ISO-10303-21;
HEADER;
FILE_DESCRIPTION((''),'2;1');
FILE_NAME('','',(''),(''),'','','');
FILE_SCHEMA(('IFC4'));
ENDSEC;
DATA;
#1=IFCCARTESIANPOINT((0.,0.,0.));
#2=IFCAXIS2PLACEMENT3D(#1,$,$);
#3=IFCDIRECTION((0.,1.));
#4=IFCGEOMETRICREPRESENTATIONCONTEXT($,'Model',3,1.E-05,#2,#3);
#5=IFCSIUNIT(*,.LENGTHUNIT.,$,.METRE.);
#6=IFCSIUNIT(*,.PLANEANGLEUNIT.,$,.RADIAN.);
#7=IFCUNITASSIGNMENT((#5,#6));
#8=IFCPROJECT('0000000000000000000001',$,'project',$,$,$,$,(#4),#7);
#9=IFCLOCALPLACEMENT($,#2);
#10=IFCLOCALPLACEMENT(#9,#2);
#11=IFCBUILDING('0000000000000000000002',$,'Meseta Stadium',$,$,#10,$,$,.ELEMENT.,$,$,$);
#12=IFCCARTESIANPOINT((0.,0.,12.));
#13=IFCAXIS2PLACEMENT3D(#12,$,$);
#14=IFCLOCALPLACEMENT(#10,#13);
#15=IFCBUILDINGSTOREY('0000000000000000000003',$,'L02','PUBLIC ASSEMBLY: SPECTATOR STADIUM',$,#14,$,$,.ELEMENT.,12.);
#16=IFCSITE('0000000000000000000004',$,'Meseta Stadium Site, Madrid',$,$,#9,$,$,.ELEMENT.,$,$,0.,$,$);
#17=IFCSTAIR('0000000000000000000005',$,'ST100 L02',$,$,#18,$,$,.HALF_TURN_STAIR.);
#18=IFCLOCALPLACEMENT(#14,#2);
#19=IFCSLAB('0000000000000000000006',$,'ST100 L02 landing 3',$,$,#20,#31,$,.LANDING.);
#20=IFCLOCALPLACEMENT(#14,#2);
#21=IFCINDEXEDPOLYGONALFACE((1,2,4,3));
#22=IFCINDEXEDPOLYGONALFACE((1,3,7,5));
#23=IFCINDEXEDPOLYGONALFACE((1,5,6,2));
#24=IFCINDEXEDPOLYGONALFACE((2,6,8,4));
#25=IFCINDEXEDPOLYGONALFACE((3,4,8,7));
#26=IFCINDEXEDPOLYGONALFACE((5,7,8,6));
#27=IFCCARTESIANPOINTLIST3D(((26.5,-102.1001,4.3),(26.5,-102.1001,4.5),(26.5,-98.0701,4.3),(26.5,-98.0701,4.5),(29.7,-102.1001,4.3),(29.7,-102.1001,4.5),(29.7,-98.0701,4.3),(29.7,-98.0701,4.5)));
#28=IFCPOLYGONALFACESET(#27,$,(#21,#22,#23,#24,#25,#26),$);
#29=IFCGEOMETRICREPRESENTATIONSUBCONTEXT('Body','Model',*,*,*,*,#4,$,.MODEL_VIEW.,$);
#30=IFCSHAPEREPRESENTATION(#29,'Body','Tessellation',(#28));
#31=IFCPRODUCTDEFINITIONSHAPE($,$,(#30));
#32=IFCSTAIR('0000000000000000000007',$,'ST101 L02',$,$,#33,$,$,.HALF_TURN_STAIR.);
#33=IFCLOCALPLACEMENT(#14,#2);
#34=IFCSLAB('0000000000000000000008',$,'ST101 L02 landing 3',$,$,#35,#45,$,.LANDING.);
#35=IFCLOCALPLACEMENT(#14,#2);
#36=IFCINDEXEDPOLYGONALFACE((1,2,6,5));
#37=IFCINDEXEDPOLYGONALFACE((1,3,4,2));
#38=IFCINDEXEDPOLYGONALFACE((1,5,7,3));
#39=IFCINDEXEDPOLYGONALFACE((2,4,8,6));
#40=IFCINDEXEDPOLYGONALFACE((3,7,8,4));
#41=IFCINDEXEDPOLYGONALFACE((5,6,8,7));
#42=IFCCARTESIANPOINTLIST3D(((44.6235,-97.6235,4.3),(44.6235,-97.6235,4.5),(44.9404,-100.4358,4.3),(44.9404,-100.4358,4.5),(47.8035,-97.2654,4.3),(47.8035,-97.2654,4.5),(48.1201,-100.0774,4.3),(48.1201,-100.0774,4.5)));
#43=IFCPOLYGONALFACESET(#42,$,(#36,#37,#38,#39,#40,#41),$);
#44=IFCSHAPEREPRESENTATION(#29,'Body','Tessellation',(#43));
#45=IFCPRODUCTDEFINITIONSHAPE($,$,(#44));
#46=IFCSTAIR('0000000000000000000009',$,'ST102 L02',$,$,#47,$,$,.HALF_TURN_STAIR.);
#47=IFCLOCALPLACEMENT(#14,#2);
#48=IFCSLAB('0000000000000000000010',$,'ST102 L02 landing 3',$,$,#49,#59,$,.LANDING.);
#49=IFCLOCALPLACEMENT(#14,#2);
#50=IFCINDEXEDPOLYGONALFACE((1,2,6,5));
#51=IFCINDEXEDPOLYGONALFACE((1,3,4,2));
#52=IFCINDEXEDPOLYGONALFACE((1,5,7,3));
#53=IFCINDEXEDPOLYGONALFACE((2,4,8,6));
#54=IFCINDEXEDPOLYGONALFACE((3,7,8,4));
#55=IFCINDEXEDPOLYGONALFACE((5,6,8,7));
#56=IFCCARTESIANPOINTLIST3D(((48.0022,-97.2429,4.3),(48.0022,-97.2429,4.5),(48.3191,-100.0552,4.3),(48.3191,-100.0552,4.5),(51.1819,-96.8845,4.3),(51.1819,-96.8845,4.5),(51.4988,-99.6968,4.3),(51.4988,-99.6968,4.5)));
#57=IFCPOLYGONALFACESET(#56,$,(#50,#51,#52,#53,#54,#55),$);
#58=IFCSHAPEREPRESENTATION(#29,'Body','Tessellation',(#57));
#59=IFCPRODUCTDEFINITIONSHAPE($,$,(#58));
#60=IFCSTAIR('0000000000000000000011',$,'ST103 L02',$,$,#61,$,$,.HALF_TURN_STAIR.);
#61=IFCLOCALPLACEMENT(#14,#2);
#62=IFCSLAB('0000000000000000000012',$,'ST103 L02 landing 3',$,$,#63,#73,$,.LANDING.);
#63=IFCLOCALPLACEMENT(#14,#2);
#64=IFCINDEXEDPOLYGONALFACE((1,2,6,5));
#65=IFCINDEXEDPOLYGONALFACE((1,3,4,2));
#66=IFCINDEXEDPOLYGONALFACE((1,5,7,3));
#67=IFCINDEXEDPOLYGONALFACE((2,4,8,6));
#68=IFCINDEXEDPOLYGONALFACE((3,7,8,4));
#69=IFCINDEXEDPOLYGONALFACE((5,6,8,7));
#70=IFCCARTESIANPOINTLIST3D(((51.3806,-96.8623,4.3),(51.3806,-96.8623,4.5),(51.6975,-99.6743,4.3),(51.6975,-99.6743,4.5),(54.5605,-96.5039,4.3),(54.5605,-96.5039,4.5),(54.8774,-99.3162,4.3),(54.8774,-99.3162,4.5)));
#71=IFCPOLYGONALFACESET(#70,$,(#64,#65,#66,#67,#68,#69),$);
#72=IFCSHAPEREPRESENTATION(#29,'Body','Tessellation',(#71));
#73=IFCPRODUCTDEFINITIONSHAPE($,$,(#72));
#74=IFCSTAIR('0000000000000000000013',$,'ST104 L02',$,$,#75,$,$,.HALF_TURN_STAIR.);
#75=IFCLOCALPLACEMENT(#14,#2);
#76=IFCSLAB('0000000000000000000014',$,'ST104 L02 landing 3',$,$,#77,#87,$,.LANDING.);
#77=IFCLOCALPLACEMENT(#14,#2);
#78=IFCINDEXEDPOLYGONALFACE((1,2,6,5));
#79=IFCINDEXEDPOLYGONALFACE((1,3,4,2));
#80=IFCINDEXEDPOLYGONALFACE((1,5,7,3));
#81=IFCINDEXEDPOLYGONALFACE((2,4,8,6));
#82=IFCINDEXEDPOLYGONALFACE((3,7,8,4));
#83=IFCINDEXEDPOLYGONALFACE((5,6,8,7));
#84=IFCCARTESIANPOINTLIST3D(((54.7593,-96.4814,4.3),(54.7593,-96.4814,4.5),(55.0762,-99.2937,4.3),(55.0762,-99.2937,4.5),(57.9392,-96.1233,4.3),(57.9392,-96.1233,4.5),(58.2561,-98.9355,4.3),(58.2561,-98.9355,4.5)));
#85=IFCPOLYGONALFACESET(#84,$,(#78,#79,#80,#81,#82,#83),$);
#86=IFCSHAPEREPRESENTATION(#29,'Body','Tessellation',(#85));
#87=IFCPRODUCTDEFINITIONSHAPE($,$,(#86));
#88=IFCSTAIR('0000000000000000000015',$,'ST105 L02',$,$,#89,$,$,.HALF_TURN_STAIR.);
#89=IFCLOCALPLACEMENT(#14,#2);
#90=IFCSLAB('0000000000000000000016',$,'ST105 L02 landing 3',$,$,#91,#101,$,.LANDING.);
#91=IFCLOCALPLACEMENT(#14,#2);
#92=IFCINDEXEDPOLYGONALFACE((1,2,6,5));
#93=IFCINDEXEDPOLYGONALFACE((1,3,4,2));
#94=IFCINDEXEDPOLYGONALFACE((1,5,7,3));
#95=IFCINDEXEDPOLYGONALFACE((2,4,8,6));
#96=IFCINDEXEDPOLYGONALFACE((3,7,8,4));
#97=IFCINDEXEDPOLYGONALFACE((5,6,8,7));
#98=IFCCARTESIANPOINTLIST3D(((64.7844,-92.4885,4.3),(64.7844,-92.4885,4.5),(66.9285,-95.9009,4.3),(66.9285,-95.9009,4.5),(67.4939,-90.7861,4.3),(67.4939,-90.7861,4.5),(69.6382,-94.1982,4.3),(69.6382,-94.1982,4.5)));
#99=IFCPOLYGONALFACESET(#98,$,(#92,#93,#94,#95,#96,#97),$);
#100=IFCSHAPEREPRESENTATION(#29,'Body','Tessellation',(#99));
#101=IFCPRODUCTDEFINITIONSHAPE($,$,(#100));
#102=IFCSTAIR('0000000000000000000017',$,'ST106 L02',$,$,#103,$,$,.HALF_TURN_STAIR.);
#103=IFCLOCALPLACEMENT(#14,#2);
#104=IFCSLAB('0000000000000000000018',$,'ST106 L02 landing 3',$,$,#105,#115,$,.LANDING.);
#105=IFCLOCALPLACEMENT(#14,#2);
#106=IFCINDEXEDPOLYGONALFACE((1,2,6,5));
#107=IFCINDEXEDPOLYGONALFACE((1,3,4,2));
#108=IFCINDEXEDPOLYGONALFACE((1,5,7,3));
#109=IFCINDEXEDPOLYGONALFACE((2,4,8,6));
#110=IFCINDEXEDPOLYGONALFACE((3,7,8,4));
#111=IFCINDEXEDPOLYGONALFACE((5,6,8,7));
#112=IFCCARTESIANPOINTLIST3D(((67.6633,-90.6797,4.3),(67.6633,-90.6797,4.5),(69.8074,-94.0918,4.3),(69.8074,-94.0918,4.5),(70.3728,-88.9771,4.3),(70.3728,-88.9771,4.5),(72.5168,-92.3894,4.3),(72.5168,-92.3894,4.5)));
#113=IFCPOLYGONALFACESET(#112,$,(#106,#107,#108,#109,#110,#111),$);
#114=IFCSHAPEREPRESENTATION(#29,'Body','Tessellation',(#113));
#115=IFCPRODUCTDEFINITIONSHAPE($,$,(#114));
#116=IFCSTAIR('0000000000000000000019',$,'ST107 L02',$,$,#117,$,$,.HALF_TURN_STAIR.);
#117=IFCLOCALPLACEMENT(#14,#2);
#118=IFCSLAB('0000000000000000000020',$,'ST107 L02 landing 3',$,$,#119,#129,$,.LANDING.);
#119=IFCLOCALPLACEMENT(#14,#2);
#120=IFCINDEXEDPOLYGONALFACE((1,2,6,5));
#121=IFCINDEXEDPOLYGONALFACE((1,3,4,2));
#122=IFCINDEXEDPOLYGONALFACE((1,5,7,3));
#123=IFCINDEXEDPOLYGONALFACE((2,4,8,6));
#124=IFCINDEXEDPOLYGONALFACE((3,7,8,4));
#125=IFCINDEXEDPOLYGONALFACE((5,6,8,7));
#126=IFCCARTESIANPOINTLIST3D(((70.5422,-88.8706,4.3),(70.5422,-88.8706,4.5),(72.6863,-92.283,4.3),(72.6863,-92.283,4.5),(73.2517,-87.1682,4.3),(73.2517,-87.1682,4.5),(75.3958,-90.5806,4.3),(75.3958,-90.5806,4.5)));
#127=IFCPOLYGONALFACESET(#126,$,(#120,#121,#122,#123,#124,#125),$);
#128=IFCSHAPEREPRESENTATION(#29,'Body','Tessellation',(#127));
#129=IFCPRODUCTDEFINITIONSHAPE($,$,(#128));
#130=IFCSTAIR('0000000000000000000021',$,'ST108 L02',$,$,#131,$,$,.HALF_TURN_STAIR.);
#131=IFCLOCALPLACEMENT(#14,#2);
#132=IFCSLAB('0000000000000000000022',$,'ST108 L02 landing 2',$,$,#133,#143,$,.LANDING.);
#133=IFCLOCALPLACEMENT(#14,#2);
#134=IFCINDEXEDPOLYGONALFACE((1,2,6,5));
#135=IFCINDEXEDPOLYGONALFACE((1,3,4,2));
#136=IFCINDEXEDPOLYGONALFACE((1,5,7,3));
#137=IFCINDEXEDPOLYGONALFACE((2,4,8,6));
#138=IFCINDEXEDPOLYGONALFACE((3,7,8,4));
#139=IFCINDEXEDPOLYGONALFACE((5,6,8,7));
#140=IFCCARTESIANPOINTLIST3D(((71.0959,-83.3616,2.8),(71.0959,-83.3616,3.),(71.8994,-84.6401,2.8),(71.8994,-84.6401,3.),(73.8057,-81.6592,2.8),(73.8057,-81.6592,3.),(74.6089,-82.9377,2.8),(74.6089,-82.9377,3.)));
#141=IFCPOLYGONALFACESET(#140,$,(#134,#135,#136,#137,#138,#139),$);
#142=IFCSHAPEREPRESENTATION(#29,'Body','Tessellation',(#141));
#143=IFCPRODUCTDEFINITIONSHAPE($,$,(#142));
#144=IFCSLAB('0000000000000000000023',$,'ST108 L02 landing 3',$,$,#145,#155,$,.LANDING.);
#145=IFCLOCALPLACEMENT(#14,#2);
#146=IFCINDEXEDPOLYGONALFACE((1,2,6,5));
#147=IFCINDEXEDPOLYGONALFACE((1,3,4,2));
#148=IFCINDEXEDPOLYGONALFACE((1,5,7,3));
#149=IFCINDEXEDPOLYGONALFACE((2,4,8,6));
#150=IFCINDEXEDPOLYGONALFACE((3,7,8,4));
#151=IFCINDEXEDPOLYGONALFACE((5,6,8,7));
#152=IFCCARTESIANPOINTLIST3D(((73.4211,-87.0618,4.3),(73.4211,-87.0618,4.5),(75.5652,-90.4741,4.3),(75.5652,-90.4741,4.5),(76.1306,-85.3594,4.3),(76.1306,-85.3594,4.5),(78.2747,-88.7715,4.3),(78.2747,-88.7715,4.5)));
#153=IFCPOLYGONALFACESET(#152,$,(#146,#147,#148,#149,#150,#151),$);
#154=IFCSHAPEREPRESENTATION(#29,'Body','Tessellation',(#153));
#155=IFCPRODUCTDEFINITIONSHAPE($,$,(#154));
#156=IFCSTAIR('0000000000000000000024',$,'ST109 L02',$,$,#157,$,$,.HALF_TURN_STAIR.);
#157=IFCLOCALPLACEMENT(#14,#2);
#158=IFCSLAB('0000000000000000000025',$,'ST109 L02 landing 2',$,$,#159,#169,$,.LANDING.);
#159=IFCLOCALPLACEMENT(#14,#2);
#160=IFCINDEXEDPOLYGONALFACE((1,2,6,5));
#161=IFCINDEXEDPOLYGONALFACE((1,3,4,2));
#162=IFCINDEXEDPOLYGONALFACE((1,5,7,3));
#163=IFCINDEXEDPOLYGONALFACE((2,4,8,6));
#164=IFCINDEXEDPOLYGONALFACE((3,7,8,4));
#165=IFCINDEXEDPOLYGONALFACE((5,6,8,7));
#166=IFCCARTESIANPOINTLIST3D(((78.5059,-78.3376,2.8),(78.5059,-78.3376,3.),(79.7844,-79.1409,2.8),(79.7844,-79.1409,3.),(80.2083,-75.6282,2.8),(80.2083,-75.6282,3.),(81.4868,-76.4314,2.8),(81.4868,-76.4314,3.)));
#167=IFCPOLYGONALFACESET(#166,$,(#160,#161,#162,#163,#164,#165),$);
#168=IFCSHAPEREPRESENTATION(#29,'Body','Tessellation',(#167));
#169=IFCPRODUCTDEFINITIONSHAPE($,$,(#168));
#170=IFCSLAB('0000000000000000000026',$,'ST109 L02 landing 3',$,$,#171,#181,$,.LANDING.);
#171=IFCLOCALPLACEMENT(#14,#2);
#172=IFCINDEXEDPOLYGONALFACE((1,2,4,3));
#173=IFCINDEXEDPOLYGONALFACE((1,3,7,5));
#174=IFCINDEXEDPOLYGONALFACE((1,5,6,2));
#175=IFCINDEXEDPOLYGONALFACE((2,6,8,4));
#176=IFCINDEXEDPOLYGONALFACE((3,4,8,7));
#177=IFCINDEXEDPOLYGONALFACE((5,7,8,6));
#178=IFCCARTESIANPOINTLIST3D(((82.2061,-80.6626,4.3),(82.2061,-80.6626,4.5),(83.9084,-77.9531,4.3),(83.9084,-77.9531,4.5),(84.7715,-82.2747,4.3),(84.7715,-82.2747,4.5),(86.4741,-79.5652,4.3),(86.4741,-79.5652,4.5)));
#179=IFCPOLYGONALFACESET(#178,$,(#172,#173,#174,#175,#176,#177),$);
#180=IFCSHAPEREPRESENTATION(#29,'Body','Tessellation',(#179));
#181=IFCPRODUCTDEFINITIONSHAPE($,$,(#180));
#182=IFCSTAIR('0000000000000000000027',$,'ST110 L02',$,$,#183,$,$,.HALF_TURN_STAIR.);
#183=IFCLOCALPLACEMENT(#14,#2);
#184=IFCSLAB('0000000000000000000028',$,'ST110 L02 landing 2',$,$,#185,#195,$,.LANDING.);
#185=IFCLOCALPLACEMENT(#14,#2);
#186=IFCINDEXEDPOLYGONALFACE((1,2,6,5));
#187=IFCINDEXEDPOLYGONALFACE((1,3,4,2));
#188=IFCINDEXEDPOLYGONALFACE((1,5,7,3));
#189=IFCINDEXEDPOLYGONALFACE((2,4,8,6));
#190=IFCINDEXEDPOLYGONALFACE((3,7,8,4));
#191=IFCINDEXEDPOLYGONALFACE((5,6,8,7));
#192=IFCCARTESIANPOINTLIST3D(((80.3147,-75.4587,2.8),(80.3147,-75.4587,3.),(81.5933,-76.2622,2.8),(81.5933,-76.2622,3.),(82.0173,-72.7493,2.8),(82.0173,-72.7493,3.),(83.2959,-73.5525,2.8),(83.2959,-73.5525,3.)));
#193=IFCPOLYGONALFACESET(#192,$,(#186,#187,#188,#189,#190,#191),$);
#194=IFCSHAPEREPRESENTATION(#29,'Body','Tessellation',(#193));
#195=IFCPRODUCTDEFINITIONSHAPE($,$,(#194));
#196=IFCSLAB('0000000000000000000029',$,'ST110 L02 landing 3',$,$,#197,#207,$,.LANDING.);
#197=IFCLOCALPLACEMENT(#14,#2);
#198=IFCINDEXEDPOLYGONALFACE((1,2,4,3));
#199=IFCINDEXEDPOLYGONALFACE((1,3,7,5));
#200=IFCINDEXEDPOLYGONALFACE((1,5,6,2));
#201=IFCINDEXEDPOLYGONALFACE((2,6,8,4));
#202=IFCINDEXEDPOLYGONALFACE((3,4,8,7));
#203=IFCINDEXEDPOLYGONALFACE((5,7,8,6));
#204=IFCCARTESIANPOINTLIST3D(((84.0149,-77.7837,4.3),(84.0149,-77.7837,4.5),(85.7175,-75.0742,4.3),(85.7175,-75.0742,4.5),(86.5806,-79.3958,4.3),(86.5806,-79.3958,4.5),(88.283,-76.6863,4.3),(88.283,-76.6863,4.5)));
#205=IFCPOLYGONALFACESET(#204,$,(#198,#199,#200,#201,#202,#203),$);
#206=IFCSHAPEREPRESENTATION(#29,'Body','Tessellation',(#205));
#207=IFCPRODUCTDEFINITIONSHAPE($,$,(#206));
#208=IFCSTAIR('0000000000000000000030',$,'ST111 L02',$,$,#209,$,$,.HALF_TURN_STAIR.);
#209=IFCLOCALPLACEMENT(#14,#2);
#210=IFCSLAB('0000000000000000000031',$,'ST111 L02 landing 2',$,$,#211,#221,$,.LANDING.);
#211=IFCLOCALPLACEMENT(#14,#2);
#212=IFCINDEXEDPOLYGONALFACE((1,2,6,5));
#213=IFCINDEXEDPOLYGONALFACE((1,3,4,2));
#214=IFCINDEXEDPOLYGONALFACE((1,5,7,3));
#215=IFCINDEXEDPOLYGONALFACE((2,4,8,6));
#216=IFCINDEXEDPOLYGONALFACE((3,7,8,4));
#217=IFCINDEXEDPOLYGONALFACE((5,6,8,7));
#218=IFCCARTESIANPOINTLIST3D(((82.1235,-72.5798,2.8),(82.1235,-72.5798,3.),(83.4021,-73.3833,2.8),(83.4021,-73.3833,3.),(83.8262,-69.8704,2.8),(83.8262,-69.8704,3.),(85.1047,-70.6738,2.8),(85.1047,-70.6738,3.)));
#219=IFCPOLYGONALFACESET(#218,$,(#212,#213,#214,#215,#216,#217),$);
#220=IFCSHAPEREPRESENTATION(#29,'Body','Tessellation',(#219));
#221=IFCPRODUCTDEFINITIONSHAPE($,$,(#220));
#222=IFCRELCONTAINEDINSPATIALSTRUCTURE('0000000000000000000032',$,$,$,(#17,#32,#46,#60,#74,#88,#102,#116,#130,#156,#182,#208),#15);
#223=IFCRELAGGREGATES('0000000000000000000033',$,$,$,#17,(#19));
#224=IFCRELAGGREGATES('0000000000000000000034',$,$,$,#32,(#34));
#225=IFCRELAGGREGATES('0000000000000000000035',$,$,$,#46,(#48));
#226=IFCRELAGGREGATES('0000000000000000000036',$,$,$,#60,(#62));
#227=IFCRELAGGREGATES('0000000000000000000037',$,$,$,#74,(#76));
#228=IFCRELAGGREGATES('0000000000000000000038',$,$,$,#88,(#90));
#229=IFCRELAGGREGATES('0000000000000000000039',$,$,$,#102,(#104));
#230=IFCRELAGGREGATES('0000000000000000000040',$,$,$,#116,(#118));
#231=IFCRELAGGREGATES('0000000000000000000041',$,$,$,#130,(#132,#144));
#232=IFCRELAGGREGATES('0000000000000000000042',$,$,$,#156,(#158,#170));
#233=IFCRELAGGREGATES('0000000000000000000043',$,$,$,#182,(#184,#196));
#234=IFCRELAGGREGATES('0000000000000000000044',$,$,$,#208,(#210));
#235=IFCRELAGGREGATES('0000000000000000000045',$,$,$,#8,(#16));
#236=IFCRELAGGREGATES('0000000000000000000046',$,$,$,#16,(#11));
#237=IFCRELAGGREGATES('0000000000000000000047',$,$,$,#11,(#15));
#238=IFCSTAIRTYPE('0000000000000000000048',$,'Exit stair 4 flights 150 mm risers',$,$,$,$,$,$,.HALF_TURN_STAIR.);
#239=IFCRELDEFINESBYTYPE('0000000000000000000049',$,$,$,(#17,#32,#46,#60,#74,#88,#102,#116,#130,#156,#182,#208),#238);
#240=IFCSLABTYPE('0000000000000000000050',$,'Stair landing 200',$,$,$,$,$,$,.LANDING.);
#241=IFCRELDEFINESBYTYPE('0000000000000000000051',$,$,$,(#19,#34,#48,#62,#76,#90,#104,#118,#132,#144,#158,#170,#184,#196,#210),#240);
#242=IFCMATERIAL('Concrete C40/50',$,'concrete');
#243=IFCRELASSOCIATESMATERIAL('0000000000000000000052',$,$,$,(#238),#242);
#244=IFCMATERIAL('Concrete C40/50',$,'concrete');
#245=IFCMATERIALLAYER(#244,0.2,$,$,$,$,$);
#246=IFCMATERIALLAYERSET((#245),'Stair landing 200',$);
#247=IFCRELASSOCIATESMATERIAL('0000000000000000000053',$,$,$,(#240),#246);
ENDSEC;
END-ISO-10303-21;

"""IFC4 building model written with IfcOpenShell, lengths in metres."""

from ifc_helpers import new_model, si_unit, direction, frame, origin, place, context, subcontext, project, spatial, polyline, outline, extrude, material, layer, layer_set, type_object, element, aggregate, save


model = new_model("IFC4")

# Units and contexts
model_context = context("Model", 3, precision=1e-05, world=origin(), true_north=direction((0.0, 1.0)))
body_context = subcontext(model_context, "Body", "Model", "MODEL_VIEW")
ifc_project = project(units=[si_unit("LENGTHUNIT", "METRE"), si_unit("PLANEANGLEUNIT", "RADIAN")], contexts=[model_context])

# Site, building, storey
site_placement = place(None, origin())
site = spatial("IfcSite", under=ifc_project, at=site_placement, Name="Meseta Stadium Site, Madrid", CompositionType="ELEMENT", RefElevation=0.0)
building_placement = place(site_placement, origin())
building = spatial("IfcBuilding", under=site, at=building_placement, Name="Meseta Stadium", CompositionType="ELEMENT")
storey_placement = place(building_placement, frame((0.0, 0.0, 12.0)))
storey = spatial("IfcBuildingStorey", under=building, at=storey_placement, Name="L02", Description="PUBLIC ASSEMBLY: SPECTATOR STADIUM", CompositionType="ELEMENT", Elevation=12.0)

# Stairs, slabs
ifc_material_1 = material(Name="Concrete C40/50", Category="concrete")
stair_type = type_object("IfcStairType", Name="Exit stair 4 flights 150 mm risers", PredefinedType="HALF_TURN_STAIR", material=ifc_material_1)
ifc_material_2 = material(Name="Concrete C40/50", Category="concrete")
ifc_layer_1 = layer(ifc_material_2, 0.2)
ifc_layer_set_1 = layer_set([ifc_layer_1], Name="Stair landing 200")
slab_type_1 = type_object("IfcSlabType", Name="Stair landing 200", PredefinedType="LANDING", material=ifc_layer_set_1)
stair_1_placement = place(storey_placement, origin())
stair_1 = element("IfcStair", 1, at=stair_1_placement, inside=storey, type_object=stair_type, Name="ST100 L02", PredefinedType="HALF_TURN_STAIR")
slab_1_placement = place(storey_placement, frame((0.0, 0.0, 4.3)))
slab_1 = element("IfcSlab", 2, at=slab_1_placement, type_object=slab_type_1, Name="ST100 L02 landing 3", PredefinedType="LANDING", context=body_context, shape_type="SweptSolid", body=[
    extrude(outline(polyline([(26.5, -98.0701), (26.5, -102.1001), (29.7, -102.1001), (29.7, -98.0701), (26.5, -98.0701)])), origin(), (0.0, 0.0, 1.0), 0.2),
])
aggregate(stair_1, [slab_1])
stair_2_placement = place(storey_placement, origin())
stair_2 = element("IfcStair", 3, at=stair_2_placement, inside=storey, type_object=stair_type, Name="ST101 L02", PredefinedType="HALF_TURN_STAIR")
slab_2_placement = place(storey_placement, frame((0.0, 0.0, 4.3)))
slab_2 = element("IfcSlab", 4, at=slab_2_placement, type_object=slab_type_1, Name="ST101 L02 landing 3", PredefinedType="LANDING", context=body_context, shape_type="SweptSolid", body=[
    extrude(outline(polyline([(44.6235, -97.6235), (44.9404, -100.4358), (48.1201, -100.0774), (47.8035, -97.2654), (44.6235, -97.6235)])), origin(), (0.0, 0.0, 1.0), 0.2),
])
aggregate(stair_2, [slab_2])
stair_3_placement = place(storey_placement, origin())
stair_3 = element("IfcStair", 5, at=stair_3_placement, inside=storey, type_object=stair_type, Name="ST102 L02", PredefinedType="HALF_TURN_STAIR")
slab_3_placement = place(storey_placement, frame((0.0, 0.0, 4.3)))
slab_3 = element("IfcSlab", 6, at=slab_3_placement, type_object=slab_type_1, Name="ST102 L02 landing 3", PredefinedType="LANDING", context=body_context, shape_type="SweptSolid", body=[
    extrude(outline(polyline([(48.0022, -97.2429), (48.3191, -100.0552), (51.4988, -99.6968), (51.1819, -96.8845), (48.0022, -97.2429)])), origin(), (0.0, 0.0, 1.0), 0.2),
])
aggregate(stair_3, [slab_3])
stair_4_placement = place(storey_placement, origin())
stair_4 = element("IfcStair", 7, at=stair_4_placement, inside=storey, type_object=stair_type, Name="ST103 L02", PredefinedType="HALF_TURN_STAIR")
slab_4_placement = place(storey_placement, frame((0.0, 0.0, 4.3)))
slab_4 = element("IfcSlab", 8, at=slab_4_placement, type_object=slab_type_1, Name="ST103 L02 landing 3", PredefinedType="LANDING", context=body_context, shape_type="SweptSolid", body=[
    extrude(outline(polyline([(51.3806, -96.8623), (51.6975, -99.6743), (54.8774, -99.3162), (54.5605, -96.5039), (51.3806, -96.8623)])), origin(), (0.0, 0.0, 1.0), 0.2),
])
aggregate(stair_4, [slab_4])
stair_5_placement = place(storey_placement, origin())
stair_5 = element("IfcStair", 9, at=stair_5_placement, inside=storey, type_object=stair_type, Name="ST104 L02", PredefinedType="HALF_TURN_STAIR")
slab_5_placement = place(storey_placement, frame((0.0, 0.0, 4.3)))
slab_5 = element("IfcSlab", 10, at=slab_5_placement, type_object=slab_type_1, Name="ST104 L02 landing 3", PredefinedType="LANDING", context=body_context, shape_type="SweptSolid", body=[
    extrude(outline(polyline([(54.7593, -96.4814), (55.0762, -99.2937), (58.2561, -98.9355), (57.9392, -96.1233), (54.7593, -96.4814)])), origin(), (0.0, 0.0, 1.0), 0.2),
])
aggregate(stair_5, [slab_5])
stair_6_placement = place(storey_placement, origin())
stair_6 = element("IfcStair", 11, at=stair_6_placement, inside=storey, type_object=stair_type, Name="ST105 L02", PredefinedType="HALF_TURN_STAIR")
slab_6_placement = place(storey_placement, frame((0.0, 0.0, 4.3)))
slab_6 = element("IfcSlab", 12, at=slab_6_placement, type_object=slab_type_1, Name="ST105 L02 landing 3", PredefinedType="LANDING", context=body_context, shape_type="SweptSolid", body=[
    extrude(outline(polyline([(64.7844, -92.4885), (66.9285, -95.9009), (69.6382, -94.1982), (67.4939, -90.7861), (64.7844, -92.4885)])), origin(), (0.0, 0.0, 1.0), 0.2),
])
aggregate(stair_6, [slab_6])
stair_7_placement = place(storey_placement, origin())
stair_7 = element("IfcStair", 13, at=stair_7_placement, inside=storey, type_object=stair_type, Name="ST106 L02", PredefinedType="HALF_TURN_STAIR")
slab_7_placement = place(storey_placement, frame((0.0, 0.0, 4.3)))
slab_7 = element("IfcSlab", 14, at=slab_7_placement, type_object=slab_type_1, Name="ST106 L02 landing 3", PredefinedType="LANDING", context=body_context, shape_type="SweptSolid", body=[
    extrude(outline(polyline([(67.6633, -90.6797), (69.8074, -94.0918), (72.5168, -92.3894), (70.3728, -88.9771), (67.6633, -90.6797)])), origin(), (0.0, 0.0, 1.0), 0.2),
])
aggregate(stair_7, [slab_7])
stair_8_placement = place(storey_placement, origin())
stair_8 = element("IfcStair", 15, at=stair_8_placement, inside=storey, type_object=stair_type, Name="ST107 L02", PredefinedType="HALF_TURN_STAIR")
slab_8_placement = place(storey_placement, frame((0.0, 0.0, 4.3)))
slab_8 = element("IfcSlab", 16, at=slab_8_placement, type_object=slab_type_1, Name="ST107 L02 landing 3", PredefinedType="LANDING", context=body_context, shape_type="SweptSolid", body=[
    extrude(outline(polyline([(70.5422, -88.8706), (72.6863, -92.283), (75.3958, -90.5806), (73.2517, -87.1682), (70.5422, -88.8706)])), origin(), (0.0, 0.0, 1.0), 0.2),
])
aggregate(stair_8, [slab_8])

# Stairs, slabs
stair_9_placement = place(storey_placement, origin())
stair_9 = element("IfcStair", 17, at=stair_9_placement, inside=storey, type_object=stair_type, Name="ST108 L02", PredefinedType="HALF_TURN_STAIR")
slab_9_placement = place(storey_placement, frame((0.0, 0.0, 2.8)))
slab_9 = element("IfcSlab", 18, at=slab_9_placement, type_object=slab_type_1, Name="ST108 L02 landing 2", PredefinedType="LANDING", context=body_context, shape_type="SweptSolid", body=[
    extrude(outline(polyline([(71.0959, -83.3616), (71.8994, -84.6401), (74.6089, -82.9377), (73.8057, -81.6592), (71.0959, -83.3616)])), origin(), (0.0, 0.0, 1.0), 0.2),
])
slab_10_placement = place(storey_placement, frame((0.0, 0.0, 4.3)))
slab_10 = element("IfcSlab", 19, at=slab_10_placement, type_object=slab_type_1, Name="ST108 L02 landing 3", PredefinedType="LANDING", context=body_context, shape_type="SweptSolid", body=[
    extrude(outline(polyline([(73.4211, -87.0618), (75.5652, -90.4741), (78.2747, -88.7715), (76.1306, -85.3594), (73.4211, -87.0618)])), origin(), (0.0, 0.0, 1.0), 0.2),
])
aggregate(stair_9, [slab_9, slab_10])
stair_10_placement = place(storey_placement, origin())
stair_10 = element("IfcStair", 20, at=stair_10_placement, inside=storey, type_object=stair_type, Name="ST109 L02", PredefinedType="HALF_TURN_STAIR")
slab_11_placement = place(storey_placement, frame((0.0, 0.0, 2.8)))
slab_11 = element("IfcSlab", 21, at=slab_11_placement, type_object=slab_type_1, Name="ST109 L02 landing 2", PredefinedType="LANDING", context=body_context, shape_type="SweptSolid", body=[
    extrude(outline(polyline([(78.5059, -78.3376), (79.7844, -79.1409), (81.4868, -76.4314), (80.2083, -75.6282), (78.5059, -78.3376)])), origin(), (0.0, 0.0, 1.0), 0.2),
])
slab_12_placement = place(storey_placement, frame((0.0, 0.0, 4.3)))
slab_12 = element("IfcSlab", 22, at=slab_12_placement, type_object=slab_type_1, Name="ST109 L02 landing 3", PredefinedType="LANDING", context=body_context, shape_type="SweptSolid", body=[
    extrude(outline(polyline([(82.2061, -80.6626), (84.7715, -82.2747), (86.4741, -79.5652), (83.9084, -77.9531), (82.2061, -80.6626)])), origin(), (0.0, 0.0, 1.0), 0.2),
])
aggregate(stair_10, [slab_11, slab_12])
stair_11_placement = place(storey_placement, origin())
stair_11 = element("IfcStair", 23, at=stair_11_placement, inside=storey, type_object=stair_type, Name="ST110 L02", PredefinedType="HALF_TURN_STAIR")
slab_13_placement = place(storey_placement, frame((0.0, 0.0, 2.8)))
slab_13 = element("IfcSlab", 24, at=slab_13_placement, type_object=slab_type_1, Name="ST110 L02 landing 2", PredefinedType="LANDING", context=body_context, shape_type="SweptSolid", body=[
    extrude(outline(polyline([(80.3147, -75.4587), (81.5933, -76.2622), (83.2959, -73.5525), (82.0173, -72.7493), (80.3147, -75.4587)])), origin(), (0.0, 0.0, 1.0), 0.2),
])
slab_14_placement = place(storey_placement, frame((0.0, 0.0, 4.3)))
slab_14 = element("IfcSlab", 25, at=slab_14_placement, type_object=slab_type_1, Name="ST110 L02 landing 3", PredefinedType="LANDING", context=body_context, shape_type="SweptSolid", body=[
    extrude(outline(polyline([(84.0149, -77.7837), (86.5806, -79.3958), (88.283, -76.6863), (85.7175, -75.0742), (84.0149, -77.7837)])), origin(), (0.0, 0.0, 1.0), 0.2),
])
aggregate(stair_11, [slab_13, slab_14])
stair_12_placement = place(storey_placement, origin())
stair_12 = element("IfcStair", 26, at=stair_12_placement, inside=storey, type_object=stair_type, Name="ST111 L02", PredefinedType="HALF_TURN_STAIR")
slab_15_placement = place(storey_placement, frame((0.0, 0.0, 2.8)))
slab_15 = element("IfcSlab", 27, at=slab_15_placement, type_object=slab_type_1, Name="ST111 L02 landing 2", PredefinedType="LANDING", context=body_context, shape_type="SweptSolid", body=[
    extrude(outline(polyline([(82.1235, -72.5798), (83.4021, -73.3833), (85.1047, -70.6738), (83.8262, -69.8704), (82.1235, -72.5798)])), origin(), (0.0, 0.0, 1.0), 0.2),
])
aggregate(stair_12, [slab_15])

save(model, "model.ifc")
